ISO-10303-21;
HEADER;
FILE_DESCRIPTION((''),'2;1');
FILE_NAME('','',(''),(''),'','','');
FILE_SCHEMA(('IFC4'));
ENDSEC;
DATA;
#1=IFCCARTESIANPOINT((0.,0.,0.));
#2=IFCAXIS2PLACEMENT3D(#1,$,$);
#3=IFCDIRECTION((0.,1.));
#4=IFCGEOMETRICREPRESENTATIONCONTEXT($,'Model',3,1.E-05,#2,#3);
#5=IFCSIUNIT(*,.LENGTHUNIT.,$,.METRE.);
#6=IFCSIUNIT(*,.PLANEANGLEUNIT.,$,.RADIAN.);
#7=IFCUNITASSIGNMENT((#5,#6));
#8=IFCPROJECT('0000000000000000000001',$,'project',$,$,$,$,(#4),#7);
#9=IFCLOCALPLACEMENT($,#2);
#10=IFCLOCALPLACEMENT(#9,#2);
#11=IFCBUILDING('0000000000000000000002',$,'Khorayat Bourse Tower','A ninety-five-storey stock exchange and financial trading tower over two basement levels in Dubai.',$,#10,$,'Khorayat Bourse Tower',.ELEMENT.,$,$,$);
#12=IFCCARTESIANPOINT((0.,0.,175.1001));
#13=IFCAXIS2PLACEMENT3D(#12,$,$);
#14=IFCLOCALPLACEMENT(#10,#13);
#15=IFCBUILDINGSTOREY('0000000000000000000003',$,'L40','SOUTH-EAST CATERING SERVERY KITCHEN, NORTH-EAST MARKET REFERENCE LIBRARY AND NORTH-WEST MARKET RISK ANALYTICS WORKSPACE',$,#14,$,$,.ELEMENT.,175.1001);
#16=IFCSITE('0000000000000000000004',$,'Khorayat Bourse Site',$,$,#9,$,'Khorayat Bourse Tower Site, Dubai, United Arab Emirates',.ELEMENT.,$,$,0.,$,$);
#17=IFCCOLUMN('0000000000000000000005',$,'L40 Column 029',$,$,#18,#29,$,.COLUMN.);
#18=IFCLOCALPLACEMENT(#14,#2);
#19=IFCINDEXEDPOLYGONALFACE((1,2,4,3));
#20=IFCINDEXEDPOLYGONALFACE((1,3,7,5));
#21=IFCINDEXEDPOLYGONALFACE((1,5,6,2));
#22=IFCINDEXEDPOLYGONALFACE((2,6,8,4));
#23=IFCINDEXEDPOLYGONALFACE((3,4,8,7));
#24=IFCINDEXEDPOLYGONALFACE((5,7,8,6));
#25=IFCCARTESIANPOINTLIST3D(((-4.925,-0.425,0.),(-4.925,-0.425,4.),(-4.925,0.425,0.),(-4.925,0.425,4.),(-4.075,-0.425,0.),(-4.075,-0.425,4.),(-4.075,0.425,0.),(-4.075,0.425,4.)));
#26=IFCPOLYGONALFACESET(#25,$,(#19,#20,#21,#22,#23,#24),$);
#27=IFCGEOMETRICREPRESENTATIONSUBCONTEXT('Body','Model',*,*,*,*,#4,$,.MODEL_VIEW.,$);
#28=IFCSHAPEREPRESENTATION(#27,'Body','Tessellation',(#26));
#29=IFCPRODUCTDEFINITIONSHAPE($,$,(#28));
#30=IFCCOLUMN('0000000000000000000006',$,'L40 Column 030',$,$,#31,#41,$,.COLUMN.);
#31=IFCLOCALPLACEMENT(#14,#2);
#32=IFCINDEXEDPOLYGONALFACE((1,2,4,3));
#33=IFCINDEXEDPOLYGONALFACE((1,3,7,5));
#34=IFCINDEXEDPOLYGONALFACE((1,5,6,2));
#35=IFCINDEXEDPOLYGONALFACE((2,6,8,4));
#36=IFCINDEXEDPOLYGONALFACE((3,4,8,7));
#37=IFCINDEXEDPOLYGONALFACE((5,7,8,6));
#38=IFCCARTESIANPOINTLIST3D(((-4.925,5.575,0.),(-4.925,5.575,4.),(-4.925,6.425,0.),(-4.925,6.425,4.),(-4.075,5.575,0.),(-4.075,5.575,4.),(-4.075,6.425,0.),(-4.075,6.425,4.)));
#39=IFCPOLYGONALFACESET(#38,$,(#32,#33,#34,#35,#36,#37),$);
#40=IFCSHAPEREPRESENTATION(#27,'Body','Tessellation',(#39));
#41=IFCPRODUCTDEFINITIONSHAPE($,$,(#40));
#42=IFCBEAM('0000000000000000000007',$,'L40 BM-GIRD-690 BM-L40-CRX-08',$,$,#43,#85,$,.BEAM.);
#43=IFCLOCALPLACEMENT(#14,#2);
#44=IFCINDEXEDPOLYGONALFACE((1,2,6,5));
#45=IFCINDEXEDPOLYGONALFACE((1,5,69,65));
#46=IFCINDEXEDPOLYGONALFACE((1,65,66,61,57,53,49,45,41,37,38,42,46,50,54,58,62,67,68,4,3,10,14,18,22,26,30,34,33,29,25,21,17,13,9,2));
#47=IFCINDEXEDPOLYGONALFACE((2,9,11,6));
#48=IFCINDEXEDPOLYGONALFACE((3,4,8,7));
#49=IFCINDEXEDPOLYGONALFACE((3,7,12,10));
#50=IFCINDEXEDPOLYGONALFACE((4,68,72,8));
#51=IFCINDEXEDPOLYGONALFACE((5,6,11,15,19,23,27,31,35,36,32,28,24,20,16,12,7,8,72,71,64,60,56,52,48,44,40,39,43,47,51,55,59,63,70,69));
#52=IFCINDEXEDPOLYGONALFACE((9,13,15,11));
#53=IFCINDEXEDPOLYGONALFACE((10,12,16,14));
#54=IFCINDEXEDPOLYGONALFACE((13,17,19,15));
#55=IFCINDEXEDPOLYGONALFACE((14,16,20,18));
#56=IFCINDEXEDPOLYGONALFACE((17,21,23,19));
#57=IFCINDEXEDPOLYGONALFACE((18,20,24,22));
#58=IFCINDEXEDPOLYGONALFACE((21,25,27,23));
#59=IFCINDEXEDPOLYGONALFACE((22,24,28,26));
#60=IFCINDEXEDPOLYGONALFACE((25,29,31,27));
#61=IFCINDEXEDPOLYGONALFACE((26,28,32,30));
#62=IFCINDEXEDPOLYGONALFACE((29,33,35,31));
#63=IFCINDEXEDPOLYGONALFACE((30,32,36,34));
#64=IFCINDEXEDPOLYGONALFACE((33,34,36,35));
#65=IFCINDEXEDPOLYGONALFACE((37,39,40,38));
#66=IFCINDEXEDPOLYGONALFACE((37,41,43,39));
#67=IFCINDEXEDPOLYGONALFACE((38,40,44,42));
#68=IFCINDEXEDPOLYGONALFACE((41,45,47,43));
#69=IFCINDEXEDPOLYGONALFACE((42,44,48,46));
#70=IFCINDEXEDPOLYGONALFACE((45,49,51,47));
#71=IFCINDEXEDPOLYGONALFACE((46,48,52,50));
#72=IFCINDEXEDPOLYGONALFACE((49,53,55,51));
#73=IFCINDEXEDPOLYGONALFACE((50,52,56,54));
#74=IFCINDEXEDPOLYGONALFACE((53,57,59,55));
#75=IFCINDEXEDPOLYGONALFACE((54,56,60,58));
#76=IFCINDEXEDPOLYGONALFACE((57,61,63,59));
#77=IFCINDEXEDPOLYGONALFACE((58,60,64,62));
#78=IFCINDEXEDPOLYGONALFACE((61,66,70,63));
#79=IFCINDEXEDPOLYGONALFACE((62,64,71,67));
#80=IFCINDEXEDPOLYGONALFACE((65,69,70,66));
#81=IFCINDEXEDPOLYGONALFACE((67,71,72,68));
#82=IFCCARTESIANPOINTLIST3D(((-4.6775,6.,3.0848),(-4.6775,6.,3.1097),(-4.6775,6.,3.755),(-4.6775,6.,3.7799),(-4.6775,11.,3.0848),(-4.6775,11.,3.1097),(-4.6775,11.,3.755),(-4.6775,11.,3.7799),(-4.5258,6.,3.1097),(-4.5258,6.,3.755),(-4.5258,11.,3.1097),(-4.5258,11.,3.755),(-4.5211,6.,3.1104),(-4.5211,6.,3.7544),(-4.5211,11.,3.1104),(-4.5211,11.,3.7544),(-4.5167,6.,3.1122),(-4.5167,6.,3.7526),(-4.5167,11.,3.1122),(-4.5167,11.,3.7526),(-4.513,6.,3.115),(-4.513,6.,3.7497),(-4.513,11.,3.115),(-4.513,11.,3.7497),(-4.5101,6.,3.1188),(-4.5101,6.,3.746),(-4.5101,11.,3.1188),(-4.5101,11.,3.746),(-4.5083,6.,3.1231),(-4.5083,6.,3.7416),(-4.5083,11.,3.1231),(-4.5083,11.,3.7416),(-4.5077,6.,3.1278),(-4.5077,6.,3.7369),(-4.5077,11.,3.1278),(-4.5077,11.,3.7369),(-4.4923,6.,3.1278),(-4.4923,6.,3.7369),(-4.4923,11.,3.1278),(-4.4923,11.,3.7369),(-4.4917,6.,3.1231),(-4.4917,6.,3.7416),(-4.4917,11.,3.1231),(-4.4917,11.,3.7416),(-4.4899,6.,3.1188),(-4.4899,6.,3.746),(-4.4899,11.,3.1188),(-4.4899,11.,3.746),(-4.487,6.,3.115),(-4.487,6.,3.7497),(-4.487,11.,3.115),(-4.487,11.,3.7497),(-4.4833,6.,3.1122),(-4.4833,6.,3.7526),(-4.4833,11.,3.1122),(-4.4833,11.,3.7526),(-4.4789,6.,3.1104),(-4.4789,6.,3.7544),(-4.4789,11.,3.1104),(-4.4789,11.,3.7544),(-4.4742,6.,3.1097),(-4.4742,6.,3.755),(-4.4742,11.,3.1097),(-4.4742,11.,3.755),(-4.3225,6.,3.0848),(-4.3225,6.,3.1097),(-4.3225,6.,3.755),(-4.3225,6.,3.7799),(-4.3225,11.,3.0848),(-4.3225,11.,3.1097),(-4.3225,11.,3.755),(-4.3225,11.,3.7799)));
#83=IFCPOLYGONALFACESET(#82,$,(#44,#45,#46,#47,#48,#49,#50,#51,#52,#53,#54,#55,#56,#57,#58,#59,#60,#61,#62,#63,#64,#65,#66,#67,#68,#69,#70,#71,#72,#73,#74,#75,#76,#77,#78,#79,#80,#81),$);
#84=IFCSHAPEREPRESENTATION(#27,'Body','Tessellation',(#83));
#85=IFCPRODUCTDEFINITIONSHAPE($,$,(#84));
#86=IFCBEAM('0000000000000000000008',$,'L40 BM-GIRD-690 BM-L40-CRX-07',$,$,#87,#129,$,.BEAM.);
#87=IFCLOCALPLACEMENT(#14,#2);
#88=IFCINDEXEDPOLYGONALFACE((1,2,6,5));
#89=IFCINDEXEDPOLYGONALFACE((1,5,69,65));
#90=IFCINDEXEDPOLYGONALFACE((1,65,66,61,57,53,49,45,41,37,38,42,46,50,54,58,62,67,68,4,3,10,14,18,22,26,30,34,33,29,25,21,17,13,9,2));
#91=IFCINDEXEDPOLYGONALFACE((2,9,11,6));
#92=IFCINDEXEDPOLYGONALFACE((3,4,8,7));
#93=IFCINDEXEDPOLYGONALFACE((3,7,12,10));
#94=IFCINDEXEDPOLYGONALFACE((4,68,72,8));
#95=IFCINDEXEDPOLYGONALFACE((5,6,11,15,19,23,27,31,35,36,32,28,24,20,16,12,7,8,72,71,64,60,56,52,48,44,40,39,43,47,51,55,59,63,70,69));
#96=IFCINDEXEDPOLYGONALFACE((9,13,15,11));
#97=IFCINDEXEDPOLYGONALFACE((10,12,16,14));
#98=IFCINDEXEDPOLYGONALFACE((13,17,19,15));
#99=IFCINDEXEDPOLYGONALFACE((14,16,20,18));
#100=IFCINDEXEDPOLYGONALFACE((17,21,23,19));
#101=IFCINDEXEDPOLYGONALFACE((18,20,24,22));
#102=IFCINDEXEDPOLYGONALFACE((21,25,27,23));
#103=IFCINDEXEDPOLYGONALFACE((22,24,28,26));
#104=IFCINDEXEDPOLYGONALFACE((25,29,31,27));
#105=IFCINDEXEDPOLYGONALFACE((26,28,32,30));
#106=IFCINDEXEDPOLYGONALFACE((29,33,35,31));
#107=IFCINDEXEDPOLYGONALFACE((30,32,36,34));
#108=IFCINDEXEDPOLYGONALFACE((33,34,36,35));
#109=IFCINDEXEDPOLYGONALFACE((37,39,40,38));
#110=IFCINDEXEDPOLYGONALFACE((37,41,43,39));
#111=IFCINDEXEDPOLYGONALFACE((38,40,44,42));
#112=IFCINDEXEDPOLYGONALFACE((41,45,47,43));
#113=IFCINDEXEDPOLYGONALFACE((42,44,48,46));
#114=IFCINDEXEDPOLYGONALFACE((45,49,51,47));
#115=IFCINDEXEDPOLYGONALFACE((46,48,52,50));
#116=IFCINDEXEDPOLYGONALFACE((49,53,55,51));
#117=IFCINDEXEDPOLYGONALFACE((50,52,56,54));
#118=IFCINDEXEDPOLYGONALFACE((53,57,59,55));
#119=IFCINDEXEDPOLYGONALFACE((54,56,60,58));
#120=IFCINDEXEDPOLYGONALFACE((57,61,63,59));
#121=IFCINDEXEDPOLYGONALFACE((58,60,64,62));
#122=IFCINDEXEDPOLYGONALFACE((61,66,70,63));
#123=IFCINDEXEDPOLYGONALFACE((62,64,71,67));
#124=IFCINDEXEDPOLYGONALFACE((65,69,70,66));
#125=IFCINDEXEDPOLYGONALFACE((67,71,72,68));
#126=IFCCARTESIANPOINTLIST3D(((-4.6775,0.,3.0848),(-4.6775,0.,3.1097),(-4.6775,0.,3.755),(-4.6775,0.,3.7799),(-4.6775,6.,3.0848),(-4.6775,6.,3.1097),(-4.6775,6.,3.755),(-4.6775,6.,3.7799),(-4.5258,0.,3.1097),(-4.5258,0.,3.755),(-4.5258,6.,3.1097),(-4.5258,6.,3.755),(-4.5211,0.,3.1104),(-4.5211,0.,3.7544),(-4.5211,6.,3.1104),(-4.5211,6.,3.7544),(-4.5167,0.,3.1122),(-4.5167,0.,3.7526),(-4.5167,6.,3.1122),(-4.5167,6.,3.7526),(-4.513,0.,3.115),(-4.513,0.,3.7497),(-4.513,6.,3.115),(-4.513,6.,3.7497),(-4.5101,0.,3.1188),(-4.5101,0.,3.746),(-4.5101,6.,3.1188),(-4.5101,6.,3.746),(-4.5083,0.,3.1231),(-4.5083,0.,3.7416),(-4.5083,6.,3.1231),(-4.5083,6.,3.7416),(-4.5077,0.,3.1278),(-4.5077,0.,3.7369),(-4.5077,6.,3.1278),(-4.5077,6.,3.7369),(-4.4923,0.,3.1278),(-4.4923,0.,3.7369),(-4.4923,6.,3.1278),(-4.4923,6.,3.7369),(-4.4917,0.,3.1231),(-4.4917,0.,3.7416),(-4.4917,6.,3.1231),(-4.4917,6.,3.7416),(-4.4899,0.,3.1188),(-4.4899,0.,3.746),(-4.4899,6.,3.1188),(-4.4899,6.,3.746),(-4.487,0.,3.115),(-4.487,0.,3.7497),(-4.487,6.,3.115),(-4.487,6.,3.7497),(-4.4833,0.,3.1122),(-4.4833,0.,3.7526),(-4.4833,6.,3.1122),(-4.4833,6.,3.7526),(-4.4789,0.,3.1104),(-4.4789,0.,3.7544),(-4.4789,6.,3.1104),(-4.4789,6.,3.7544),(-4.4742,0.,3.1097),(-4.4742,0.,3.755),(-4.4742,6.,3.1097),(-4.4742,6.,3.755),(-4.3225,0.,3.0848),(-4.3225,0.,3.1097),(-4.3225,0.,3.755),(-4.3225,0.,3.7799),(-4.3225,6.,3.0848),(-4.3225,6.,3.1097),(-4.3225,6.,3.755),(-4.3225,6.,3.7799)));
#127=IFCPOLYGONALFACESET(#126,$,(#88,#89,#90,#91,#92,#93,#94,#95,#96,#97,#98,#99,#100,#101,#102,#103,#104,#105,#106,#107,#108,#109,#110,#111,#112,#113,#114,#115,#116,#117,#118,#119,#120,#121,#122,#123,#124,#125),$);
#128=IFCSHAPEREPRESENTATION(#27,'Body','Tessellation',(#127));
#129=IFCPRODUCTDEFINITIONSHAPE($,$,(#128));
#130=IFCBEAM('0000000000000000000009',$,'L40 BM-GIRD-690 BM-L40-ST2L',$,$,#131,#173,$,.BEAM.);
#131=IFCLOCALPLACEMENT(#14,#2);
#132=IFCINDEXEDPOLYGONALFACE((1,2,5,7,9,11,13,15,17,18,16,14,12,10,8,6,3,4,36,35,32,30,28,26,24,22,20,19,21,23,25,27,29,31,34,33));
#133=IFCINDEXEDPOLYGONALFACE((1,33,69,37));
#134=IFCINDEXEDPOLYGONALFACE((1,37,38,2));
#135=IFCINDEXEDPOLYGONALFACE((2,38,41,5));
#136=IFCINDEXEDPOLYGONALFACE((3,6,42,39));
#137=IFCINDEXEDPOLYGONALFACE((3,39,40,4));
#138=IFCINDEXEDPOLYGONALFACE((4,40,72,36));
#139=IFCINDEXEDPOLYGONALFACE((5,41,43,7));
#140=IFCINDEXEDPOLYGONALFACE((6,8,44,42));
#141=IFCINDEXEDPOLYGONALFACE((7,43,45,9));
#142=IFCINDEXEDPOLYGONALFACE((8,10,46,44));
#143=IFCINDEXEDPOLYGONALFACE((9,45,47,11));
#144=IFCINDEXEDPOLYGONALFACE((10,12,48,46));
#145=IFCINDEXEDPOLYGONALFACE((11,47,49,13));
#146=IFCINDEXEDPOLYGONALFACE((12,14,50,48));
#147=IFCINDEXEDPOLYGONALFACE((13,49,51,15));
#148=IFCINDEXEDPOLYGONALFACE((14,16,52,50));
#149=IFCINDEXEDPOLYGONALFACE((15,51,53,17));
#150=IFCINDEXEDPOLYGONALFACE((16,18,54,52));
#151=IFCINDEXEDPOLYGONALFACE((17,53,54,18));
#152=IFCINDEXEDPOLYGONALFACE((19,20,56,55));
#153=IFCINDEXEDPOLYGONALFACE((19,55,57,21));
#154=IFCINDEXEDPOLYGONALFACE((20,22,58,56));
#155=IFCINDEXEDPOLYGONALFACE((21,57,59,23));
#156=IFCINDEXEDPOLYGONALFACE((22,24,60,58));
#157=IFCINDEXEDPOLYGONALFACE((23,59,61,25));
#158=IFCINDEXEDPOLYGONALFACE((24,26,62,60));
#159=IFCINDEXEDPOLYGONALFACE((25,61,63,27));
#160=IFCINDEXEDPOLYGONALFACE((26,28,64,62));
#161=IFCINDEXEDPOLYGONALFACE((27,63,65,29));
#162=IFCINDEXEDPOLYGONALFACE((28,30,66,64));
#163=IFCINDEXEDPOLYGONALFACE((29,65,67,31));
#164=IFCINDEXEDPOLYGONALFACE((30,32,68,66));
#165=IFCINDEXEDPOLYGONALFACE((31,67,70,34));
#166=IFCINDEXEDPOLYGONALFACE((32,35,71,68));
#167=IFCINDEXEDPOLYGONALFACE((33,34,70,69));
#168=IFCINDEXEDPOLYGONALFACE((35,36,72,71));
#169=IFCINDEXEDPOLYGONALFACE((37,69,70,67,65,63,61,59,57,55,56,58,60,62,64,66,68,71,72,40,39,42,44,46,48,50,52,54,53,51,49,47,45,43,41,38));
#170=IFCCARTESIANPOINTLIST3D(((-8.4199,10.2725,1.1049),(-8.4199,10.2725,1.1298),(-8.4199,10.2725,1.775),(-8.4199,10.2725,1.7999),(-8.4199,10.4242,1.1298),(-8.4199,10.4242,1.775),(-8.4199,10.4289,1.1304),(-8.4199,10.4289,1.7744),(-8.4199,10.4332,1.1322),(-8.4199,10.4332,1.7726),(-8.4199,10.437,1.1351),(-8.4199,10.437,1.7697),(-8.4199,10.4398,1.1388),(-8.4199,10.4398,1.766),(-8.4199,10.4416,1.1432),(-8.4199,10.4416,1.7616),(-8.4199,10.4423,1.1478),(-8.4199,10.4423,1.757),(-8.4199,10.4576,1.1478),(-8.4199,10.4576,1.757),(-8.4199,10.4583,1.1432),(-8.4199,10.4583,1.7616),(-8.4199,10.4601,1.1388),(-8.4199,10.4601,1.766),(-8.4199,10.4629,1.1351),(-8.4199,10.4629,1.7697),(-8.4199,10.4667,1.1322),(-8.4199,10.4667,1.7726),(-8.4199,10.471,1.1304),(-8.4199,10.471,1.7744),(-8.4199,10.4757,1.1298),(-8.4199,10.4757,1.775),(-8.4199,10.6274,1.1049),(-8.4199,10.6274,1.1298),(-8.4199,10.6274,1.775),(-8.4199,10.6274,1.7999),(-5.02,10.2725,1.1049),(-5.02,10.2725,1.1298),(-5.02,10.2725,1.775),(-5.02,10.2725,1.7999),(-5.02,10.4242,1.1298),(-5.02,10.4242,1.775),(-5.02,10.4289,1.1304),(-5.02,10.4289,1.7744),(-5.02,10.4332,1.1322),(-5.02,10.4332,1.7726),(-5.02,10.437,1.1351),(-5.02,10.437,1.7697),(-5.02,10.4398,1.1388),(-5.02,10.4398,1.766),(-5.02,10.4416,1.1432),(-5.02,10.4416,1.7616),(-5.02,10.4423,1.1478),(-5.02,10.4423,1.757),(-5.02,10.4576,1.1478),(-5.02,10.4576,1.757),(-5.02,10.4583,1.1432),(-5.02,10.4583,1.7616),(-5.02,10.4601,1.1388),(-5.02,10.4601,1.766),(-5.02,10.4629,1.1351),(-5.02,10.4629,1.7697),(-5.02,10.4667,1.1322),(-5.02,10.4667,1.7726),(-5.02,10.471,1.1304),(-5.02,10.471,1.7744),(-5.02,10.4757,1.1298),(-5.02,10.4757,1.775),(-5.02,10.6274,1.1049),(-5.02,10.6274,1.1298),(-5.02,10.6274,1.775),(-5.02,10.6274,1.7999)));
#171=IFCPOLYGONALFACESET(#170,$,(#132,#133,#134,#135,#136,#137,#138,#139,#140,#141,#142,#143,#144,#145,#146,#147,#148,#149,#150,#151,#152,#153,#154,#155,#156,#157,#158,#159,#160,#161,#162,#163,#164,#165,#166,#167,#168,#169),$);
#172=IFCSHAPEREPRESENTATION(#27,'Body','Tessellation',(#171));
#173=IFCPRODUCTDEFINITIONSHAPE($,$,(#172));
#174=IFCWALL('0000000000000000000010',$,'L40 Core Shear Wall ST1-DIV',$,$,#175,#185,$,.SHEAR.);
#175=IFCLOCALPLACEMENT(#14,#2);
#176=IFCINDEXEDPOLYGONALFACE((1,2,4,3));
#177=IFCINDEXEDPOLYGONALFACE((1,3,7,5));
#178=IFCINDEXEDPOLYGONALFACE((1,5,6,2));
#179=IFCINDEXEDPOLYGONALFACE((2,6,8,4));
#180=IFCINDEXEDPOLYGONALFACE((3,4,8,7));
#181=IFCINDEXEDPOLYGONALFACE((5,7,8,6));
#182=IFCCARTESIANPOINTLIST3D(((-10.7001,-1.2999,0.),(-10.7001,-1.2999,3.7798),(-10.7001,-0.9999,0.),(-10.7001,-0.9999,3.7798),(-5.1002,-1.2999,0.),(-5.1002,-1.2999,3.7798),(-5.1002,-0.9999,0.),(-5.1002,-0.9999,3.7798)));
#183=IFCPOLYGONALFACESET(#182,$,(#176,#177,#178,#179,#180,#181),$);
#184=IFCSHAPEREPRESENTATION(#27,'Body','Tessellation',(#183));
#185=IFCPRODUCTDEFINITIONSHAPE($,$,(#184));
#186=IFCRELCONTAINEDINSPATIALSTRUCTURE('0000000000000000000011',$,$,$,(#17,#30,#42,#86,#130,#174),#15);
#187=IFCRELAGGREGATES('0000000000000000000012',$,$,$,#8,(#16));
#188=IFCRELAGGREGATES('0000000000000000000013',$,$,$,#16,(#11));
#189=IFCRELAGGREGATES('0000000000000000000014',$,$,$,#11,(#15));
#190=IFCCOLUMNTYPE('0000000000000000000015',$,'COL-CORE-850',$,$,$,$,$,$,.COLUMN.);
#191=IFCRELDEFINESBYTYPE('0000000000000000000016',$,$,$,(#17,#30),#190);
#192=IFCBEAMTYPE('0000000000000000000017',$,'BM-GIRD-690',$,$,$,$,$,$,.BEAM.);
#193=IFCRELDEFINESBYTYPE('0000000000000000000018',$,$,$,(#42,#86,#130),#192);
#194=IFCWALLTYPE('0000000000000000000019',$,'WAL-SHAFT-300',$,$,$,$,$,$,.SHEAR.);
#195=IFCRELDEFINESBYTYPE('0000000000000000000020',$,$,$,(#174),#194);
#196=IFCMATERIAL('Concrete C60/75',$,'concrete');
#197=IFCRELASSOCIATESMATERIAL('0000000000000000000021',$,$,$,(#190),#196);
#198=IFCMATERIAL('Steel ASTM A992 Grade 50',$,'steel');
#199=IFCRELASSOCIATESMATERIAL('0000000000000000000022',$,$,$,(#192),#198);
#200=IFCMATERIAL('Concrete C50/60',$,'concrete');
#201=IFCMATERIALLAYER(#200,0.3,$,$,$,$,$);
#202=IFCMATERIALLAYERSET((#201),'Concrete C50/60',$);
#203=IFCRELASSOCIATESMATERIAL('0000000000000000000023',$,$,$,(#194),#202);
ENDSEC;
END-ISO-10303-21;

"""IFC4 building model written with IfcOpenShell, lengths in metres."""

from ifc_helpers import new_model, si_unit, direction, frame, frame_2d, origin, origin_2d, place, context, subcontext, project, spatial, rectangle, i_section, extrude, source, transform, mapped, material, layer, layer_set, material_profile, profile_set, type_object, element, save


model = new_model("IFC4")

# Units and contexts
model_context = context("Model", 3, precision=1e-05, world=origin(), true_north=direction((0.0, 1.0)))
body_context = subcontext(model_context, "Body", "Model", "MODEL_VIEW")
ifc_project = project(units=[si_unit("LENGTHUNIT", "METRE"), si_unit("PLANEANGLEUNIT", "RADIAN")], contexts=[model_context])

# Site, building, storey
site_placement = place(None, origin())
site = spatial("IfcSite", under=ifc_project, at=site_placement, Name="Khorayat Bourse Site", LongName="Khorayat Bourse Tower Site, Dubai, United Arab Emirates", CompositionType="ELEMENT", RefElevation=0.0)
building_placement = place(site_placement, origin())
building = spatial("IfcBuilding", under=site, at=building_placement, Name="Khorayat Bourse Tower", Description="A ninety-five-storey stock exchange and financial trading tower over two basement levels in Dubai.", LongName="Khorayat Bourse Tower", CompositionType="ELEMENT")
storey_placement = place(building_placement, frame((0.0, 0.0, 175.1001)))
storey = spatial("IfcBuildingStorey", under=building, at=storey_placement, Name="L40", Description="SOUTH-EAST CATERING SERVERY KITCHEN, NORTH-EAST MARKET REFERENCE LIBRARY AND NORTH-WEST MARKET RISK ANALYTICS WORKSPACE", CompositionType="ELEMENT", Elevation=175.1001)

# Columns
ifc_material_1 = material(Name="Concrete C60/75", Category="concrete")
ifc_material_profile_1 = material_profile(ifc_material_1, rectangle(XDim=0.8501, YDim=0.8501, at=origin_2d()), Name="RC 850x850")
ifc_profile_set_1 = profile_set([ifc_material_profile_1], Name="Concrete C60/75")
column_type = type_object("IfcColumnType", Name="COL-CORE-850", PredefinedType="COLUMN", material=ifc_profile_set_1)
shared_shape_1 = source(origin(), body_context, "Body", "SweptSolid", [
    extrude(rectangle(XDim=0.8501, YDim=0.8501, at=origin_2d()), origin(), (0.0, 0.0, 1.0), 4.0),
])
for number, where, z_axis, x_axis, name in (
    (1, (-4.5, 0.0, 0.0), (0.0, 0.0, 1.0), (1.0, 0.0, 0.0), "L40 Column 029"),
    (2, (-4.5, 6.0, 0.0), (0.0, 0.0, 1.0), (1.0, 0.0, 0.0), "L40 Column 030"),
):
    element("IfcColumn", number, at=place(storey_placement, frame(where, z_axis=z_axis, x_axis=x_axis)), inside=storey, type_object=column_type, Name=name, PredefinedType="COLUMN", context=body_context, shape_type="MappedRepresentation", body=[
        mapped(shared_shape_1, transform((0.0, 0.0, 0.0), scale=1.0)),
    ])

# Beams
ifc_material_2 = material(Name="Steel ASTM A992 Grade 50", Category="steel")
ifc_material_profile_2 = material_profile(ifc_material_2, i_section(OverallWidth=0.355, OverallDepth=0.6951, WebThickness=0.0154, FlangeThickness=0.0249, FilletRadius=0.0181, at=origin_2d()), Name="W690X217")
ifc_profile_set_2 = profile_set([ifc_material_profile_2], Name="Steel ASTM A992 Grade 50")
beam_type = type_object("IfcBeamType", Name="BM-GIRD-690", PredefinedType="BEAM", material=ifc_profile_set_2)
shared_shape_2 = source(origin(), body_context, "Body", "SweptSolid", [
    extrude(i_section(OverallWidth=0.355, OverallDepth=0.6951, WebThickness=0.0154, FlangeThickness=0.0249, FilletRadius=0.0181, at=origin_2d()), origin(), (0.0, 0.0, 1.0), 5.0),
])
beam_1_placement = place(storey_placement, frame((-4.5, 6.0, 3.4324), z_axis=(0.0, 1.0, 0.0), x_axis=(-1.0, 0.0, 0.0)))
element("IfcBeam", 3, at=beam_1_placement, inside=storey, type_object=beam_type, Name="L40 BM-GIRD-690 BM-L40-CRX-08", PredefinedType="BEAM", context=body_context, shape_type="MappedRepresentation", body=[
    mapped(shared_shape_2, transform((0.0, 0.0, 0.0), scale=1.0)),
])
shared_shape_3 = source(origin(), body_context, "Body", "SweptSolid", [
    extrude(i_section(OverallWidth=0.355, OverallDepth=0.6951, WebThickness=0.0154, FlangeThickness=0.0249, FilletRadius=0.0181, at=origin_2d()), origin(), (0.0, 0.0, 1.0), 6.0),
])
beam_2_placement = place(storey_placement, frame((-4.5, 0.0, 3.4324), z_axis=(0.0, 1.0, 0.0), x_axis=(-1.0, 0.0, 0.0)))
element("IfcBeam", 4, at=beam_2_placement, inside=storey, type_object=beam_type, Name="L40 BM-GIRD-690 BM-L40-CRX-07", PredefinedType="BEAM", context=body_context, shape_type="MappedRepresentation", body=[
    mapped(shared_shape_3, transform((0.0, 0.0, 0.0), scale=1.0)),
])
shared_shape_4 = source(origin(), body_context, "Body", "SweptSolid", [
    extrude(i_section(OverallWidth=0.355, OverallDepth=0.6951, WebThickness=0.0154, FlangeThickness=0.0249, FilletRadius=0.0181, at=origin_2d()), origin(), (0.0, 0.0, 1.0), 3.3999),
])
beam_3_placement = place(storey_placement, frame((-8.4199, 10.45, 1.4524), z_axis=(1.0, 0.0, 0.0), x_axis=(0.0, 1.0, 0.0)))
element("IfcBeam", 5, at=beam_3_placement, inside=storey, type_object=beam_type, Name="L40 BM-GIRD-690 BM-L40-ST2L", PredefinedType="BEAM", context=body_context, shape_type="MappedRepresentation", body=[
    mapped(shared_shape_4, transform((0.0, 0.0, 0.0), scale=1.0)),
])

# Wall
ifc_material_3 = material(Name="Concrete C50/60", Category="concrete")
ifc_layer_1 = layer(ifc_material_3, 0.3)
ifc_layer_set_1 = layer_set([ifc_layer_1], Name="Concrete C50/60")
wall_type_1 = type_object("IfcWallType", Name="WAL-SHAFT-300", PredefinedType="SHEAR", material=ifc_layer_set_1)
shared_shape_5 = source(origin(), body_context, "Body", "SweptSolid", [
    extrude(rectangle(XDim=5.5999, YDim=0.3, at=frame_2d((2.7998, 0.0))), origin(), (0.0, 0.0, 1.0), 3.7798),
])
for number, where, z_axis, x_axis, name in (
    (6, (-10.7, -1.1499, 0.0), (0.0, 0.0, 1.0), (1.0, 0.0, 0.0), "L40 Core Shear Wall ST1-DIV"),
):
    element("IfcWall", number, at=place(storey_placement, frame(where, z_axis=z_axis, x_axis=x_axis)), inside=storey, type_object=wall_type_1, Name=name, PredefinedType="SHEAR", context=body_context, shape_type="MappedRepresentation", body=[
        mapped(shared_shape_5, transform((0.0, 0.0, 0.0), scale=1.0)),
    ])

save(model, "model.ifc")
